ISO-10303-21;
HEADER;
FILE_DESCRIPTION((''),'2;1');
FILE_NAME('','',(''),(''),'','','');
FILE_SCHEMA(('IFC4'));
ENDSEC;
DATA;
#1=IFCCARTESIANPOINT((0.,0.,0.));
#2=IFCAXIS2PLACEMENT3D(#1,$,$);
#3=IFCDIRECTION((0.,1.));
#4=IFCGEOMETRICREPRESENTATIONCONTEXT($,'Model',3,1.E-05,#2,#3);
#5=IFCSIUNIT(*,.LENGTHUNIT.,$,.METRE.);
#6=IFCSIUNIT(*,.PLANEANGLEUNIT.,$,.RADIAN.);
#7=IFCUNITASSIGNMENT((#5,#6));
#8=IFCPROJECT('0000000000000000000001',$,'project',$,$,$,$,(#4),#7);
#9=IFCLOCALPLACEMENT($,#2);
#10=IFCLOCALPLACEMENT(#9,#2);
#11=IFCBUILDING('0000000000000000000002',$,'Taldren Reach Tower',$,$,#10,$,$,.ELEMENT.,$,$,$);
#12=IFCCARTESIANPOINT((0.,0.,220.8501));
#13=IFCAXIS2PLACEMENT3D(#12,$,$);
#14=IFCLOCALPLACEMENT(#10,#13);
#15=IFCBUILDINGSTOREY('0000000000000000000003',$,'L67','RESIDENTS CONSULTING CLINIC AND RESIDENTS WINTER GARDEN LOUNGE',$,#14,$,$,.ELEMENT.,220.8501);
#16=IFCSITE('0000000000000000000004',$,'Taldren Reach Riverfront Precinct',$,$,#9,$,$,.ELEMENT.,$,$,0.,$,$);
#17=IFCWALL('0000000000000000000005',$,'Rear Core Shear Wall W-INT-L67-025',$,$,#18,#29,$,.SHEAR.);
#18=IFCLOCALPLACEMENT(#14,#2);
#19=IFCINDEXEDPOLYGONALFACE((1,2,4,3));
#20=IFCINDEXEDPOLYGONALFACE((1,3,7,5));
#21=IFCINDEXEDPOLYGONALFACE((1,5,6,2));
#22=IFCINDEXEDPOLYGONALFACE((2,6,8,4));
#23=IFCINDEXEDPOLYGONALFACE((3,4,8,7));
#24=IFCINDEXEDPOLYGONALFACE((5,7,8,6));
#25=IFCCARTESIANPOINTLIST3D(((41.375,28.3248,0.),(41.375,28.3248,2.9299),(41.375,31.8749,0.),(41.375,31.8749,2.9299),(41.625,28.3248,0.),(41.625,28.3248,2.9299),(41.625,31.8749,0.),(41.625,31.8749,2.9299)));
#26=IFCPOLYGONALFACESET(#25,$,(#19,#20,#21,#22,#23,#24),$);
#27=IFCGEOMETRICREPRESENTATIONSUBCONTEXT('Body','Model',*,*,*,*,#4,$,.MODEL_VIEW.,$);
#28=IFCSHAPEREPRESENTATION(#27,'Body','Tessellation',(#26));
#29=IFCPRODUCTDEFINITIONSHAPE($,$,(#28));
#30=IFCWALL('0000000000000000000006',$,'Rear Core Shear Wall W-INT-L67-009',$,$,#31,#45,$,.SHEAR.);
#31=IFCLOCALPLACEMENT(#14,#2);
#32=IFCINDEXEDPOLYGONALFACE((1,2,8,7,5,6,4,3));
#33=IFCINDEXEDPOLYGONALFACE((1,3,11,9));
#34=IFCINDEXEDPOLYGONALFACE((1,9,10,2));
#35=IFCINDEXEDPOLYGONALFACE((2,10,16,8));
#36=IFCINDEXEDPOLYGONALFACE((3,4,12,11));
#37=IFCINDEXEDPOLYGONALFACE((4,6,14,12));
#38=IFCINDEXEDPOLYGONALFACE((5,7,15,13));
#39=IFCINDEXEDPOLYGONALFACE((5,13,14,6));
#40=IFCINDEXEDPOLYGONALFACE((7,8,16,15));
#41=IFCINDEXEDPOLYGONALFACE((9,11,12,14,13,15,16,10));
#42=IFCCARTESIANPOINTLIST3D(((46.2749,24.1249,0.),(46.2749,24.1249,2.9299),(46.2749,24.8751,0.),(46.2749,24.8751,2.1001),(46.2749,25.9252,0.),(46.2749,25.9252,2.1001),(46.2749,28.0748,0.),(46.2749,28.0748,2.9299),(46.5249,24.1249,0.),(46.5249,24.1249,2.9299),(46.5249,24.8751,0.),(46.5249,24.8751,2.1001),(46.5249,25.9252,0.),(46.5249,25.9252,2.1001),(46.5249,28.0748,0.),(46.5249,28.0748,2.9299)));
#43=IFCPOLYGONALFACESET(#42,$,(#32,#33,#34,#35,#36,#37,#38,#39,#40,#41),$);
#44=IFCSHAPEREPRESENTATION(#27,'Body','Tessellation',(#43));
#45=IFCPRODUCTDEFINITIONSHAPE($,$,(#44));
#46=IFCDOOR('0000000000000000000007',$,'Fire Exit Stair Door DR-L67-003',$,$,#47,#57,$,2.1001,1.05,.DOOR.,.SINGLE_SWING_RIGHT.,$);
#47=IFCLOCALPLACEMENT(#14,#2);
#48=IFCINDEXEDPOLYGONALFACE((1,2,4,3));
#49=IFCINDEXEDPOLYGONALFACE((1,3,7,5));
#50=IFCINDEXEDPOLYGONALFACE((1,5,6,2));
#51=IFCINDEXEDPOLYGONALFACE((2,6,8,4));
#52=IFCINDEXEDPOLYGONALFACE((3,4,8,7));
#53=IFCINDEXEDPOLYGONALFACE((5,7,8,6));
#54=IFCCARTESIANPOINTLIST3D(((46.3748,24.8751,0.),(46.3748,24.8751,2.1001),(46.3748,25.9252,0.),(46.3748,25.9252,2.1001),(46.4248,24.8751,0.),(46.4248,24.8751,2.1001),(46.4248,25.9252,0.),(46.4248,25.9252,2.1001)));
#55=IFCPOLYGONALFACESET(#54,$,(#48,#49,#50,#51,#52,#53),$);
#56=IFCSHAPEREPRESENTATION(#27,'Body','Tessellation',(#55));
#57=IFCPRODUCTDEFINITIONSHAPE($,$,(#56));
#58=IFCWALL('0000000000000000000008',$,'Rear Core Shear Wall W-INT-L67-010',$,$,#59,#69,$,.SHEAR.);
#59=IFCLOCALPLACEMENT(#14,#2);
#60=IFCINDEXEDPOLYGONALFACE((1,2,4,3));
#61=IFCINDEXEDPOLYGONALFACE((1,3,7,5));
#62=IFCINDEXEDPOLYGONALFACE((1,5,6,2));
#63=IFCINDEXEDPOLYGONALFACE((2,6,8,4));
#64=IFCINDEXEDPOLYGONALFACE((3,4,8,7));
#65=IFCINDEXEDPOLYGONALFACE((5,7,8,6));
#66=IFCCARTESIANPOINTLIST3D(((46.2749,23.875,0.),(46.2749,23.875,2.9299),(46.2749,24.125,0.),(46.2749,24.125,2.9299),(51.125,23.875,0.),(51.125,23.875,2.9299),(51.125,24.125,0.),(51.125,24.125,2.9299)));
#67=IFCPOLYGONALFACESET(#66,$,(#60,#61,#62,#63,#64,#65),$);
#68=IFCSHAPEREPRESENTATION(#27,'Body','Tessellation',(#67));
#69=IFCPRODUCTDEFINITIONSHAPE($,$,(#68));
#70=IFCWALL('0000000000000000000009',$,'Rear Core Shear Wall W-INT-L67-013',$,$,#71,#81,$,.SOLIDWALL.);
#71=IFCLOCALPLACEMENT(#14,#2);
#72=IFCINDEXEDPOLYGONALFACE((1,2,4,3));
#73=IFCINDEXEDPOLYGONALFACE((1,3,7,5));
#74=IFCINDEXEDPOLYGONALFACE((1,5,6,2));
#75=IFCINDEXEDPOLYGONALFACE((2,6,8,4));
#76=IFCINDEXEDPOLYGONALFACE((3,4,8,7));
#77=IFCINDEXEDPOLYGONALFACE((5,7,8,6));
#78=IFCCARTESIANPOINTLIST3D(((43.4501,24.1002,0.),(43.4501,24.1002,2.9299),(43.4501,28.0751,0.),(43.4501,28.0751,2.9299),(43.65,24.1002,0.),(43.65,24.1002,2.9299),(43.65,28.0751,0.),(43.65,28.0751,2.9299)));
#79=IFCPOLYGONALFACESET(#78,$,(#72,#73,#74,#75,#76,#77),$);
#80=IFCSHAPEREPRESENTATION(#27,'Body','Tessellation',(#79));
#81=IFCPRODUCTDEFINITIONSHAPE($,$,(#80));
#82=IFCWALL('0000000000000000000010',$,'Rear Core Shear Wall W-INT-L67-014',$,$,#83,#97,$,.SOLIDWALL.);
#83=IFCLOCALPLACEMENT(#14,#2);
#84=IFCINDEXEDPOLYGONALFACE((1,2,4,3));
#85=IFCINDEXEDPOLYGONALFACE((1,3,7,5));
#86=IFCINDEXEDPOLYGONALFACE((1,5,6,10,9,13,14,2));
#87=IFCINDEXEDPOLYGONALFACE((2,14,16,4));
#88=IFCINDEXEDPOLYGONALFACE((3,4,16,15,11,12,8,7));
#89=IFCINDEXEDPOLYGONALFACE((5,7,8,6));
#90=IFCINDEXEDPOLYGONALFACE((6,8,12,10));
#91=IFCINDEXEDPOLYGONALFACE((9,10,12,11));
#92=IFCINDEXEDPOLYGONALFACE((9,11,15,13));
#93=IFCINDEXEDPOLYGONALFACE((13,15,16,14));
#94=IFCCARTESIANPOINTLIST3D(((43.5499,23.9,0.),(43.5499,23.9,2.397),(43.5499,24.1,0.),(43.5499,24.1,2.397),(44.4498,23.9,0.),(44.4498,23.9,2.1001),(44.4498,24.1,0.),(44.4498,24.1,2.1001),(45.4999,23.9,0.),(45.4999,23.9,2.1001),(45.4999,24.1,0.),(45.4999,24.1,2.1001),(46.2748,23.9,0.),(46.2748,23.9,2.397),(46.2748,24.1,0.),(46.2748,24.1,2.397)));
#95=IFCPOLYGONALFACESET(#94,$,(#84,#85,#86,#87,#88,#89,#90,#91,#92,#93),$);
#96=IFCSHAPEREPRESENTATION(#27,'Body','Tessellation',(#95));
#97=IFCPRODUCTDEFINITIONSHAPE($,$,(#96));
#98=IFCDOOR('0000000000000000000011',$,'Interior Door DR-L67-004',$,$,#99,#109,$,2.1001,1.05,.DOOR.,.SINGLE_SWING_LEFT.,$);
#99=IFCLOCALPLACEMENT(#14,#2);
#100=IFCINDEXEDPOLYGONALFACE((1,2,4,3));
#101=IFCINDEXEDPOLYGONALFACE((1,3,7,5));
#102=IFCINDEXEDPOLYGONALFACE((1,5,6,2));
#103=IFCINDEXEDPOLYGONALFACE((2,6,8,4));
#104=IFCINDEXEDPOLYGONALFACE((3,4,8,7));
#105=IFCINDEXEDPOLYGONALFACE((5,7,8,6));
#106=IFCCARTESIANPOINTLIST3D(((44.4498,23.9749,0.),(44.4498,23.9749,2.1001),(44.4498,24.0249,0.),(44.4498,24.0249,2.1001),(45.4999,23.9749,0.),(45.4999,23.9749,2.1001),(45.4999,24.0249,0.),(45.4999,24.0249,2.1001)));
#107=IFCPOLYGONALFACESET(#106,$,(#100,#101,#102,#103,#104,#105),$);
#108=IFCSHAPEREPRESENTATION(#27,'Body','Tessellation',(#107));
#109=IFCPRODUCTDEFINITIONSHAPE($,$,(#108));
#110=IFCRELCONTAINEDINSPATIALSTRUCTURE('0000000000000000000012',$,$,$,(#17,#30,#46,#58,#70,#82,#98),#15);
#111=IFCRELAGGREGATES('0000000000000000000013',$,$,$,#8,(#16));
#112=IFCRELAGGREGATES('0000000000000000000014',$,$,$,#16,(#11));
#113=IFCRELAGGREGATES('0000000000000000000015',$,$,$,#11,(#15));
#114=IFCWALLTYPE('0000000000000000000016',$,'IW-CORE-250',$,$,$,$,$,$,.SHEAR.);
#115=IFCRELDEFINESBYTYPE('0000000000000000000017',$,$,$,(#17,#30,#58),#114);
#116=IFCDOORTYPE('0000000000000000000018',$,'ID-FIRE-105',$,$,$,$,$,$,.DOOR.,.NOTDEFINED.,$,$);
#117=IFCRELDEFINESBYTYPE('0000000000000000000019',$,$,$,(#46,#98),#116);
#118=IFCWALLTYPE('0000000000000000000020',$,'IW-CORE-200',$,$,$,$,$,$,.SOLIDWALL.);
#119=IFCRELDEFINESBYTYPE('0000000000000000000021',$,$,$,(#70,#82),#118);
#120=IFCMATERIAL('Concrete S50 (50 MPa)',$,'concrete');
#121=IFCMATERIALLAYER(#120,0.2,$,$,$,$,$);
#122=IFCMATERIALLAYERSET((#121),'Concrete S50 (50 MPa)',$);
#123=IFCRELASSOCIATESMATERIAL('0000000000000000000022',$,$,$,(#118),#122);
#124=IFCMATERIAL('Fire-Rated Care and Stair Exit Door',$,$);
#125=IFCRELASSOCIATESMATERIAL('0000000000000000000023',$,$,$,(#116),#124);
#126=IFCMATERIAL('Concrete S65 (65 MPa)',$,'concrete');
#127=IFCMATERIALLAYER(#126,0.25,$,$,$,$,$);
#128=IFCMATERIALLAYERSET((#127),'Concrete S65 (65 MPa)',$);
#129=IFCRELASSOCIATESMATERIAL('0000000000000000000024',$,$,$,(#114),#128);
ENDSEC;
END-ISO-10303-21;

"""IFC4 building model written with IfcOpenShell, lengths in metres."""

from ifc_helpers import new_model, si_unit, direction, frame, frame_2d, origin, place, context, subcontext, project, spatial, rectangle, extrude, source, transform, mapped, material, layer, layer_set, type_object, element, fill, save


model = new_model("IFC4")

# Units and contexts
model_context = context("Model", 3, precision=1e-05, world=origin(), true_north=direction((0.0, 1.0)))
body_context = subcontext(model_context, "Body", "Model", "MODEL_VIEW")
ifc_project = project(units=[si_unit("LENGTHUNIT", "METRE"), si_unit("PLANEANGLEUNIT", "RADIAN")], contexts=[model_context])

# Site, building, storey
site_placement = place(None, origin())
site = spatial("IfcSite", under=ifc_project, at=site_placement, Name="Taldren Reach Riverfront Precinct", CompositionType="ELEMENT", RefElevation=0.0)
building_placement = place(site_placement, origin())
building = spatial("IfcBuilding", under=site, at=building_placement, Name="Taldren Reach Tower", CompositionType="ELEMENT")
storey_placement = place(building_placement, frame((0.0, 0.0, 220.8501)))
storey = spatial("IfcBuildingStorey", under=building, at=storey_placement, Name="L67", Description="RESIDENTS CONSULTING CLINIC AND RESIDENTS WINTER GARDEN LOUNGE", CompositionType="ELEMENT", Elevation=220.8501)

# Shared definitions
ifc_material_1 = material(Name="Concrete S50 (50 MPa)", Category="concrete")
ifc_layer_1 = layer(ifc_material_1, 0.2)
ifc_layer_set_1 = layer_set([ifc_layer_1], Name="Concrete S50 (50 MPa)")
wall_type_1 = type_object("IfcWallType", Name="IW-CORE-200", PredefinedType="SOLIDWALL", material=ifc_layer_set_1)
shared_shape_1 = source(origin(), body_context, "Body", "SweptSolid", [
    extrude(rectangle(XDim=1.05, YDim=2.1001, at=frame_2d((0.5249, 1.05))), frame((0.0, 0.1099, 0.0), z_axis=(0.0, -1.0, 0.0), x_axis=(1.0, 0.0, 0.0)), (0.0, 0.0, 1.0), 0.22),
])
ifc_material_2 = material(Name="Fire-Rated Care and Stair Exit Door")
door_type_1 = type_object("IfcDoorType", Name="ID-FIRE-105", OperationType="NOTDEFINED", PredefinedType="DOOR", material=ifc_material_2)
shared_shape_2 = source(origin(), body_context, "Body", "SweptSolid", [
    extrude(rectangle(XDim=1.05, YDim=2.1001, at=frame_2d((0.5249, 1.05))), frame((0.0, 0.0249, 0.0), z_axis=(0.0, -1.0, 0.0), x_axis=(1.0, 0.0, 0.0)), (0.0, 0.0, 1.0), 0.05),
])

# Wall
ifc_material_3 = material(Name="Concrete S65 (65 MPa)", Category="concrete")
ifc_layer_2 = layer(ifc_material_3, 0.25)
ifc_layer_set_2 = layer_set([ifc_layer_2], Name="Concrete S65 (65 MPa)")
wall_type_2 = type_object("IfcWallType", Name="IW-CORE-250", PredefinedType="SHEAR", material=ifc_layer_set_2)
shared_shape_3 = source(origin(), body_context, "Body", "SweptSolid", [
    extrude(rectangle(XDim=3.55, YDim=0.25, at=frame_2d((1.7749, 0.0))), origin(), (0.0, 0.0, 1.0), 2.9299),
])
for number, where, z_axis, x_axis, name in (
    (1, (41.5, 28.325, 0.0), (0.0, 0.0, 1.0), (0.0, 1.0, 0.0), "Rear Core Shear Wall W-INT-L67-025"),
):
    element("IfcWall", number, at=place(storey_placement, frame(where, z_axis=z_axis, x_axis=x_axis)), inside=storey, type_object=wall_type_2, Name=name, PredefinedType="SHEAR", context=body_context, shape_type="MappedRepresentation", body=[
        mapped(shared_shape_3, transform((0.0, 0.0, 0.0), scale=1.0)),
    ])

# Wall, opening, door
shared_shape_4 = source(origin(), body_context, "Body", "SweptSolid", [
    extrude(rectangle(XDim=3.95, YDim=0.25, at=frame_2d((1.9751, 0.0))), origin(), (0.0, 0.0, 1.0), 2.9299),
])
wall_1_placement = place(storey_placement, frame((46.3999, 28.075, 0.0), z_axis=(0.0, 0.0, 1.0), x_axis=(0.0, -1.0, 0.0)))
wall_1 = element("IfcWall", 2, at=wall_1_placement, inside=storey, type_object=wall_type_2, Name="Rear Core Shear Wall W-INT-L67-009", PredefinedType="SHEAR", context=body_context, shape_type="MappedRepresentation", body=[
    mapped(shared_shape_4, transform((0.0, 0.0, 0.0), scale=1.0)),
])
shared_shape_5 = source(origin(), body_context, "Body", "SweptSolid", [
    extrude(rectangle(XDim=1.05, YDim=2.1001, at=frame_2d((0.5249, 1.05))), frame((0.0, 0.135, 0.0), z_axis=(0.0, -1.0, 0.0), x_axis=(1.0, 0.0, 0.0)), (0.0, 0.0, 1.0), 0.27),
])
opening_1_placement = place(wall_1_placement, frame((2.1499, 0.0, 0.0)))
opening_1 = element("IfcOpeningElement", 3, at=opening_1_placement, cuts=wall_1, PredefinedType="OPENING", context=body_context, shape_type="MappedRepresentation", body=[
    mapped(shared_shape_5, transform((0.0, 0.0, 0.0), scale=1.0)),
])
door_1_placement = place(opening_1_placement, origin())
door_1 = element("IfcDoor", 4, at=door_1_placement, inside=storey, type_object=door_type_1, Name="Fire Exit Stair Door DR-L67-003", OperationType="SINGLE_SWING_RIGHT", OverallHeight=2.1001, OverallWidth=1.05, PredefinedType="DOOR", context=body_context, shape_type="MappedRepresentation", body=[
    mapped(shared_shape_2, transform((0.0, 0.0, 0.0), scale=1.0)),
])
fill(opening_1, door_1)

# Wall
shared_shape_6 = source(origin(), body_context, "Body", "SweptSolid", [
    extrude(rectangle(XDim=4.8501, YDim=0.25, at=frame_2d((2.425, 0.0))), origin(), (0.0, 0.0, 1.0), 2.9299),
])
wall_2_placement = place(storey_placement, frame((46.2749, 24.0, 0.0), z_axis=(0.0, 0.0, 1.0), x_axis=(1.0, 0.0, 0.0)))
element("IfcWall", 5, at=wall_2_placement, inside=storey, type_object=wall_type_2, Name="Rear Core Shear Wall W-INT-L67-010", PredefinedType="SHEAR", context=body_context, shape_type="MappedRepresentation", body=[
    mapped(shared_shape_6, transform((0.0, 0.0, 0.0), scale=1.0)),
])

# Wall
shared_shape_7 = source(origin(), body_context, "Body", "SweptSolid", [
    extrude(rectangle(XDim=3.9749, YDim=0.2, at=frame_2d((1.9873, 0.0))), origin(), (0.0, 0.0, 1.0), 2.9299),
])
wall_3_placement = place(storey_placement, frame((43.55, 28.075, 0.0), z_axis=(0.0, 0.0, 1.0), x_axis=(0.0, -1.0, 0.0)))
element("IfcWall", 6, at=wall_3_placement, inside=storey, type_object=wall_type_1, Name="Rear Core Shear Wall W-INT-L67-013", PredefinedType="SOLIDWALL", context=body_context, shape_type="MappedRepresentation", body=[
    mapped(shared_shape_7, transform((0.0, 0.0, 0.0), scale=1.0)),
])

# Wall, opening, door
shared_shape_8 = source(origin(), body_context, "Body", "SweptSolid", [
    extrude(rectangle(XDim=2.7249, YDim=0.2, at=frame_2d((1.3623, 0.0))), origin(), (0.0, 0.0, 1.0), 2.397),
])
wall_4_placement = place(storey_placement, frame((43.55, 24.0, 0.0), z_axis=(0.0, 0.0, 1.0), x_axis=(1.0, 0.0, 0.0)))
wall_4 = element("IfcWall", 7, at=wall_4_placement, inside=storey, type_object=wall_type_1, Name="Rear Core Shear Wall W-INT-L67-014", PredefinedType="SOLIDWALL", context=body_context, shape_type="MappedRepresentation", body=[
    mapped(shared_shape_8, transform((0.0, 0.0, 0.0), scale=1.0)),
])
opening_2_placement = place(wall_4_placement, frame((0.8999, 0.0, 0.0)))
opening_2 = element("IfcOpeningElement", 8, at=opening_2_placement, cuts=wall_4, PredefinedType="OPENING", context=body_context, shape_type="MappedRepresentation", body=[
    mapped(shared_shape_1, transform((0.0, 0.0, 0.0), scale=1.0)),
])
door_2_placement = place(opening_2_placement, origin())
door_2 = element("IfcDoor", 9, at=door_2_placement, inside=storey, type_object=door_type_1, Name="Interior Door DR-L67-004", OperationType="SINGLE_SWING_LEFT", OverallHeight=2.1001, OverallWidth=1.05, PredefinedType="DOOR", context=body_context, shape_type="MappedRepresentation", body=[
    mapped(shared_shape_2, transform((0.0, 0.0, 0.0), scale=1.0)),
])
fill(opening_2, door_2)

save(model, "model.ifc")
